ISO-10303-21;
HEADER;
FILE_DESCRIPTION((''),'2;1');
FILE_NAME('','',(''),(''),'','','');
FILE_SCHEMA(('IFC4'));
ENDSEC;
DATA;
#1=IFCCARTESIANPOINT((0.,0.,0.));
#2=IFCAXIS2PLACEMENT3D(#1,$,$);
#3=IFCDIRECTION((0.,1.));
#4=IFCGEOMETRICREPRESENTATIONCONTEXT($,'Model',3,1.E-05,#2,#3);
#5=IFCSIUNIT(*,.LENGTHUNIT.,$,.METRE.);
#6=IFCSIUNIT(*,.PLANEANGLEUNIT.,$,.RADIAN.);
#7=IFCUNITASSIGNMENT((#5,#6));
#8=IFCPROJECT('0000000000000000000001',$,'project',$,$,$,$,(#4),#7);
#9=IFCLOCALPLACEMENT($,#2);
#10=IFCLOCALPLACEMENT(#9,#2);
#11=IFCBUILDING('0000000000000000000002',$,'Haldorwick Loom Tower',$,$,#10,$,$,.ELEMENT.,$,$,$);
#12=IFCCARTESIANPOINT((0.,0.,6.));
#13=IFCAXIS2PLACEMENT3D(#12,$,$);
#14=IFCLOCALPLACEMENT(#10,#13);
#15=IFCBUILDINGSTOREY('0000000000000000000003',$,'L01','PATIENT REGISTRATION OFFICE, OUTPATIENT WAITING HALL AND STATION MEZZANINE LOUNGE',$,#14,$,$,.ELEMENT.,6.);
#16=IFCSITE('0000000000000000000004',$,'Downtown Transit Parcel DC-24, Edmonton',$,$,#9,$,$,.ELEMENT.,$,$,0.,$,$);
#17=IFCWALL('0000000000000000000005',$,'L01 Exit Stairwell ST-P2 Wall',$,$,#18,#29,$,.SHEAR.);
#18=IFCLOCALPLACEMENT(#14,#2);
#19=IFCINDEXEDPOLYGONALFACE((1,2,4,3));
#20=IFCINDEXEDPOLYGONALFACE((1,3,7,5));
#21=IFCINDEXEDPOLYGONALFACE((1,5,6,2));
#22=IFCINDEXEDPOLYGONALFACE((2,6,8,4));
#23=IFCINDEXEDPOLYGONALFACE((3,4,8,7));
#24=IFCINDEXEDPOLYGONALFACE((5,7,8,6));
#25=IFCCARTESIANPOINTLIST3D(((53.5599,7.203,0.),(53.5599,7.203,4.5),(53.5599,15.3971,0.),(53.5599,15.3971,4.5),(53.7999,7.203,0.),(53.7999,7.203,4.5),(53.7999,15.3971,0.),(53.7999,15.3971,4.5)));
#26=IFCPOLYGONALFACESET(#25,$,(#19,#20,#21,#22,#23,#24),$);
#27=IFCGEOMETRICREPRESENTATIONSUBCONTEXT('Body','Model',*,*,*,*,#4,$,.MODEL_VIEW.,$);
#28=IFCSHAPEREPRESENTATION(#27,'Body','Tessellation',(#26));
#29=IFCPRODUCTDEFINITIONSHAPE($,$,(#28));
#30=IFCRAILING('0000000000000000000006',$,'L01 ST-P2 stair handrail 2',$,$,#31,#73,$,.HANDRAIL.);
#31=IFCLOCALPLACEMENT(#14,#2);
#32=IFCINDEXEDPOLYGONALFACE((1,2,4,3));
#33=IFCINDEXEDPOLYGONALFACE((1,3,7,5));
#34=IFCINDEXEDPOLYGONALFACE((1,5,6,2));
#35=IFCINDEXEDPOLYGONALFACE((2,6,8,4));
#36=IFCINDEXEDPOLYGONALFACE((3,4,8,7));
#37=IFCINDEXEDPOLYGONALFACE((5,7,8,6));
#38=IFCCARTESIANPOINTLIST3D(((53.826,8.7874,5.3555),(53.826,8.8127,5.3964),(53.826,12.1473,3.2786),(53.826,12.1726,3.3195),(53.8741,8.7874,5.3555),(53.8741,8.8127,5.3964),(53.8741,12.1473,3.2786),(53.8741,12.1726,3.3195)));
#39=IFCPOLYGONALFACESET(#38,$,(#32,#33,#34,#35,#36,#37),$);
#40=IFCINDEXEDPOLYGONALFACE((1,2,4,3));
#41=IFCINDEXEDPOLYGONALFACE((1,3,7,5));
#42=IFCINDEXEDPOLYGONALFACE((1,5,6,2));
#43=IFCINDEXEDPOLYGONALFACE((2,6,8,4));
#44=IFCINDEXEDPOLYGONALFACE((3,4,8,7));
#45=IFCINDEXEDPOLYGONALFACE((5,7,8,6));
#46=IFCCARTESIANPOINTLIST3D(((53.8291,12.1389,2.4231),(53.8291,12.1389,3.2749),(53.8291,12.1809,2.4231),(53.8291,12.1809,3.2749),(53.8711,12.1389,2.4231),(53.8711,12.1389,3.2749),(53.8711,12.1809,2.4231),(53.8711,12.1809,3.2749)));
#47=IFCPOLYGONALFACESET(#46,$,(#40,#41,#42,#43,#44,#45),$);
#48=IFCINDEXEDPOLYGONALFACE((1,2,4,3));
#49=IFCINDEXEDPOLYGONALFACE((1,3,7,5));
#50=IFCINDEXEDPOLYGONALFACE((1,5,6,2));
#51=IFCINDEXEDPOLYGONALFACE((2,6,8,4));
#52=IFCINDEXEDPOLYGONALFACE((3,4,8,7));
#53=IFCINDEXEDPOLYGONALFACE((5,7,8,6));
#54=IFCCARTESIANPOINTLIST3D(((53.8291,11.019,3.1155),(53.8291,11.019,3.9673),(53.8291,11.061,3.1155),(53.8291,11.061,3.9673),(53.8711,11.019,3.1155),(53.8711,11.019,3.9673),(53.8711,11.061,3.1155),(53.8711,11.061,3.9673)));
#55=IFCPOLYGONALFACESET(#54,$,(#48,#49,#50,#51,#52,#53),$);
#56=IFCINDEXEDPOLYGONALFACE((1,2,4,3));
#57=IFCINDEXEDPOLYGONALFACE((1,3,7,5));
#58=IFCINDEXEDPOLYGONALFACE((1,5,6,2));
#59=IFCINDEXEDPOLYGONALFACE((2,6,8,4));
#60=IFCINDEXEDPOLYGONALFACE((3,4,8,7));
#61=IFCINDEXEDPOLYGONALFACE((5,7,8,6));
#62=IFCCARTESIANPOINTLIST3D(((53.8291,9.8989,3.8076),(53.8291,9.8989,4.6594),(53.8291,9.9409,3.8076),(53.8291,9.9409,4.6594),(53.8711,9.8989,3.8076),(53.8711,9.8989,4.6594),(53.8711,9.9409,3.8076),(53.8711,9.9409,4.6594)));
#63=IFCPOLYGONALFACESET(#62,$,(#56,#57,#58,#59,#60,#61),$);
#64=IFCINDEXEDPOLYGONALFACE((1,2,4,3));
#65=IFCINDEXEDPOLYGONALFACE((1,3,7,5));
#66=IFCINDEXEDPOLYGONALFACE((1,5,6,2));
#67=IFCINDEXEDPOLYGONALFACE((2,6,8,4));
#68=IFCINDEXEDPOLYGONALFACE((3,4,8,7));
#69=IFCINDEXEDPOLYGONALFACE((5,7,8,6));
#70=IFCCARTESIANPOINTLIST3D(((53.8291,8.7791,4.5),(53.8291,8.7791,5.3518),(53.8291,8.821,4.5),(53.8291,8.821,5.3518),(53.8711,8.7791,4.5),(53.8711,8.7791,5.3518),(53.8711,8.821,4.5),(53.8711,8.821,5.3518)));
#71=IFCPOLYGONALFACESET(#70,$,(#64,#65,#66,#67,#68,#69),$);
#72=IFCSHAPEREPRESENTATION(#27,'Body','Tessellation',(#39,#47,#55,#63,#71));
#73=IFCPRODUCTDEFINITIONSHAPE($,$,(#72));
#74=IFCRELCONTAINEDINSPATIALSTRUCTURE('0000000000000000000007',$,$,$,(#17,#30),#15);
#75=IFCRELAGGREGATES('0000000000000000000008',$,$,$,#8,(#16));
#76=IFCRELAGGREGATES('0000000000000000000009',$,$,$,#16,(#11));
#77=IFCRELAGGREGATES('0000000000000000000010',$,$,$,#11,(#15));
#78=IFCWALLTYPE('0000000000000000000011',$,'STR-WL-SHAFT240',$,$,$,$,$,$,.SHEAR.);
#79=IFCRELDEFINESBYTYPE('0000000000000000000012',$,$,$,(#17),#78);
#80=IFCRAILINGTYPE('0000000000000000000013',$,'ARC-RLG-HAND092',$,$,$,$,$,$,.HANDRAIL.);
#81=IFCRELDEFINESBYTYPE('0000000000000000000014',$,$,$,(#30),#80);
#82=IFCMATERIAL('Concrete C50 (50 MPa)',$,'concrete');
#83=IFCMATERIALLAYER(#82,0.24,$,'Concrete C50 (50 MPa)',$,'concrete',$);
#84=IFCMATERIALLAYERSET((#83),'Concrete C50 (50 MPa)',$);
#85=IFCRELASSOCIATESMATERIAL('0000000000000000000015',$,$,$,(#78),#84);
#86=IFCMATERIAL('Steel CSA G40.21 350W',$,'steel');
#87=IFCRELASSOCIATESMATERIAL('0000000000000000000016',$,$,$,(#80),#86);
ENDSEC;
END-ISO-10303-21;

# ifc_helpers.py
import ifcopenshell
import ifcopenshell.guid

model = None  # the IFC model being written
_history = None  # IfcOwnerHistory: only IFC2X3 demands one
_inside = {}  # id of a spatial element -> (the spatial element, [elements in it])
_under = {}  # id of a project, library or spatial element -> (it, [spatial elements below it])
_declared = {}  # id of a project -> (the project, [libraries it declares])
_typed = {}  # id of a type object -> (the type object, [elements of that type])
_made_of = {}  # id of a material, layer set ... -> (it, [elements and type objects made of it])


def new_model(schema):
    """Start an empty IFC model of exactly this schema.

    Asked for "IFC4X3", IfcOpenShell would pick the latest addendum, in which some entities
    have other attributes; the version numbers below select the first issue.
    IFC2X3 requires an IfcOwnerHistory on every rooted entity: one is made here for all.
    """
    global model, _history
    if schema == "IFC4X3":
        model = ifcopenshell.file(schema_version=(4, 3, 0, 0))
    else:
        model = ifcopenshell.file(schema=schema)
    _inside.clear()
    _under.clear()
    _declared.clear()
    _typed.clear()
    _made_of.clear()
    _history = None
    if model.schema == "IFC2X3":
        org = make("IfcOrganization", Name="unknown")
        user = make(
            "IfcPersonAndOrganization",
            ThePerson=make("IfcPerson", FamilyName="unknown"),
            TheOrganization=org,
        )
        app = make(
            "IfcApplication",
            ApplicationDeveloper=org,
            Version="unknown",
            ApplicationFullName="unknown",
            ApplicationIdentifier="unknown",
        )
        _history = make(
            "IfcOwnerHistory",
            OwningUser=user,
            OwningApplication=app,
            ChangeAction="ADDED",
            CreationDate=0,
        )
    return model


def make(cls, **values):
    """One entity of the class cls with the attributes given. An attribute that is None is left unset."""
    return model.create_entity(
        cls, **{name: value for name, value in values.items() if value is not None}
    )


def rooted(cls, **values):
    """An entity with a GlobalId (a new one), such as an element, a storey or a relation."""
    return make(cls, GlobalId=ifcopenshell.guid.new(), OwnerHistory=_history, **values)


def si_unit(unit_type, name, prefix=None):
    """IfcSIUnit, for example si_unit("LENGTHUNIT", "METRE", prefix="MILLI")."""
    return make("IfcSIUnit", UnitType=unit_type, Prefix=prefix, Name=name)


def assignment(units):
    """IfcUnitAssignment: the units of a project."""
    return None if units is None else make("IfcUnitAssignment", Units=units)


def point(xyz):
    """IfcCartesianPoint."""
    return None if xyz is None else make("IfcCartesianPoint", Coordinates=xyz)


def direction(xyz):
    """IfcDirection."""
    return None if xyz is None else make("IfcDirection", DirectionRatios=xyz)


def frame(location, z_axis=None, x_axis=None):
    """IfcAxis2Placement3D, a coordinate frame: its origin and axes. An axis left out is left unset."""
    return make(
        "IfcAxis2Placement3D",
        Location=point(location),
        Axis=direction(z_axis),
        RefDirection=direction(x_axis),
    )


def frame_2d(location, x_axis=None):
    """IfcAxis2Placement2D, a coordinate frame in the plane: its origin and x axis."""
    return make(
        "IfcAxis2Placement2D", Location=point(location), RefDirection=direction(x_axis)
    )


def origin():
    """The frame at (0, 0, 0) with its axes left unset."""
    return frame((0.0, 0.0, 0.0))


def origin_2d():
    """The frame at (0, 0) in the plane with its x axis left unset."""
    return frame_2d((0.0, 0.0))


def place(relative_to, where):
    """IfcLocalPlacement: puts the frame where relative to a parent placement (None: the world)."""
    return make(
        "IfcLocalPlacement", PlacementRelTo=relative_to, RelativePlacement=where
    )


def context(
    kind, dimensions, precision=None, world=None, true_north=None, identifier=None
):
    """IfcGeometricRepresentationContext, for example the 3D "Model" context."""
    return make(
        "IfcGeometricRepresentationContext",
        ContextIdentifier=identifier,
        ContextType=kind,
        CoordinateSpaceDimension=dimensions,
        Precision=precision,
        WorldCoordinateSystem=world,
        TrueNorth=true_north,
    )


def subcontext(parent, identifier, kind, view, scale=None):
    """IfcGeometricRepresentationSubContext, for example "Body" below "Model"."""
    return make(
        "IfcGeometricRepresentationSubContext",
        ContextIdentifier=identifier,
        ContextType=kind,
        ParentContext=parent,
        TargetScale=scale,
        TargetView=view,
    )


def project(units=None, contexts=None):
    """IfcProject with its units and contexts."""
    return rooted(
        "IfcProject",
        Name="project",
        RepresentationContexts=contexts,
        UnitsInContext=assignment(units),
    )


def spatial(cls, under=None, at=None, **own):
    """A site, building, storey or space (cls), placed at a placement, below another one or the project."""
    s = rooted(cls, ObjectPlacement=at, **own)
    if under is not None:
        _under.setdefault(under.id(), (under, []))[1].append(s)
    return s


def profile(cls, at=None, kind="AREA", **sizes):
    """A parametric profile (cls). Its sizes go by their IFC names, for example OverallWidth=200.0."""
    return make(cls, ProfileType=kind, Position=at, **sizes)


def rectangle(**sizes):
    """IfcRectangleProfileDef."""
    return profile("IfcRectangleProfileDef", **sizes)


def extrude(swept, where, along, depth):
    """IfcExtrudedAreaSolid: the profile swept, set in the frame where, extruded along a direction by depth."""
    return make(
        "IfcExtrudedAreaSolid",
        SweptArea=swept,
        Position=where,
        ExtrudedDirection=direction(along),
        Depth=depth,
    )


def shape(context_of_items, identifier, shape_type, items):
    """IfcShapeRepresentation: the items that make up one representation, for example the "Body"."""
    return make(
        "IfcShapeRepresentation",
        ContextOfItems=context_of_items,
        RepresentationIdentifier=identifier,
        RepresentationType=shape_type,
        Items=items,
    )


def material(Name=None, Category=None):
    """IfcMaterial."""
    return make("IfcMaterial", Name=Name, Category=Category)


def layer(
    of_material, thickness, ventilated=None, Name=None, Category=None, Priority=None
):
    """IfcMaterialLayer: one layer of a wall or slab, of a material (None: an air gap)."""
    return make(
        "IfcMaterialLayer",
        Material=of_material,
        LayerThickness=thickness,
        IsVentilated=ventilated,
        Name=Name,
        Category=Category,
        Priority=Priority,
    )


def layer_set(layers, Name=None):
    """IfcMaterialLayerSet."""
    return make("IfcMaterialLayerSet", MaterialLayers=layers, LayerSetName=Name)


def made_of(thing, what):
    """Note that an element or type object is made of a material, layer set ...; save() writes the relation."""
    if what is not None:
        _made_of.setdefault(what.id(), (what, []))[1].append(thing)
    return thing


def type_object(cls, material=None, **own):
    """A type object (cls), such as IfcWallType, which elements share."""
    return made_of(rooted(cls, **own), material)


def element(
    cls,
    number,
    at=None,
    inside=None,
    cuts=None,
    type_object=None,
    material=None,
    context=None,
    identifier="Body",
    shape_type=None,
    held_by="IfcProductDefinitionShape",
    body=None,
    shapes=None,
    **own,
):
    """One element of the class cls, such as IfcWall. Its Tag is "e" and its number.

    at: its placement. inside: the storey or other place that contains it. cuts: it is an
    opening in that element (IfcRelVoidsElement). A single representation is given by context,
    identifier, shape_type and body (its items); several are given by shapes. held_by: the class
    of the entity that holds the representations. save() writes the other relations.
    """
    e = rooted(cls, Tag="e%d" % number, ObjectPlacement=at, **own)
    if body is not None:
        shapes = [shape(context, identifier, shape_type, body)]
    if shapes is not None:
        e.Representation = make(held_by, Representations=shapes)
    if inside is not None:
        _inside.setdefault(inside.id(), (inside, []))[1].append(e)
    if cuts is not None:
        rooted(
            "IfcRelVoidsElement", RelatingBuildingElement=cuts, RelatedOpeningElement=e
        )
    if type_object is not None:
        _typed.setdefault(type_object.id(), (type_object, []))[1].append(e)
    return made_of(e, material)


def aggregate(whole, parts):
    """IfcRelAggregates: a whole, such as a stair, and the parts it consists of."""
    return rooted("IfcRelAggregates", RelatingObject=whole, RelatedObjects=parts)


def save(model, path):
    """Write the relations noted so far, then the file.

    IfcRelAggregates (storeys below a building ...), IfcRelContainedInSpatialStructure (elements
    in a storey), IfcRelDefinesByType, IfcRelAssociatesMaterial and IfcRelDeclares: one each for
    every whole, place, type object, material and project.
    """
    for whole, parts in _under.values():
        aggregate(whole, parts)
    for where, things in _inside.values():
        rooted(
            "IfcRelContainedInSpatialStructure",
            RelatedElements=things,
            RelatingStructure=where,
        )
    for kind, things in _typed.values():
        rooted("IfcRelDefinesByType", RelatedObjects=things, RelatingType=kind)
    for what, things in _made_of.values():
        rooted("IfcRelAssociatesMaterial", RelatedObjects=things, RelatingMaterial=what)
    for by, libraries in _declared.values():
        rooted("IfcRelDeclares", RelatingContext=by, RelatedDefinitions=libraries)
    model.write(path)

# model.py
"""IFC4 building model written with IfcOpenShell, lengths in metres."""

from ifc_helpers import new_model, si_unit, direction, frame, frame_2d, origin, origin_2d, place, context, subcontext, project, spatial, rectangle, extrude, material, layer, layer_set, type_object, element, save


model = new_model("IFC4")

# Units and contexts
model_context = context("Model", 3, precision=1e-05, world=origin(), true_north=direction((0.0, 1.0)))
body_context = subcontext(model_context, "Body", "Model", "MODEL_VIEW")
ifc_project = project(units=[si_unit("LENGTHUNIT", "METRE"), si_unit("PLANEANGLEUNIT", "RADIAN")], contexts=[model_context])

# Site, building, storey
site_placement = place(None, origin())
site = spatial("IfcSite", under=ifc_project, at=site_placement, Name="Downtown Transit Parcel DC-24, Edmonton", CompositionType="ELEMENT", RefElevation=0.0)
building_placement = place(site_placement, origin())
building = spatial("IfcBuilding", under=site, at=building_placement, Name="Haldorwick Loom Tower", CompositionType="ELEMENT")
storey_placement = place(building_placement, frame((0.0, 0.0, 6.0)))
storey = spatial("IfcBuildingStorey", under=building, at=storey_placement, Name="L01", Description="PATIENT REGISTRATION OFFICE, OUTPATIENT WAITING HALL AND STATION MEZZANINE LOUNGE", CompositionType="ELEMENT", Elevation=6.0)

# Shared definitions
ifc_material_1 = material(Name="Steel CSA G40.21 350W", Category="steel")

# Shared definitions
ifc_material_2 = material(Name="Concrete C50 (50 MPa)", Category="concrete")
ifc_layer_1 = layer(ifc_material_2, 0.24, Name="Concrete C50 (50 MPa)", Category="concrete")
ifc_layer_set_1 = layer_set([ifc_layer_1], Name="Concrete C50 (50 MPa)")
wall_type_1 = type_object("IfcWallType", Name="STR-WL-SHAFT240", PredefinedType="SHEAR", material=ifc_layer_set_1)

# Wall
wall_1_placement = place(storey_placement, frame((53.6799, 7.2029, 0.0), z_axis=(0.0, 0.0, 1.0), x_axis=(0.0, 1.0, 0.0)))
element("IfcWall", 1, at=wall_1_placement, inside=storey, type_object=wall_type_1, Name="L01 Exit Stairwell ST-P2 Wall", PredefinedType="SHEAR", context=body_context, shape_type="SweptSolid", body=[
    extrude(rectangle(XDim=8.1941, YDim=0.24, at=frame_2d((4.0972, 0.0))), origin(), (0.0, 0.0, 1.0), 4.5),
])

# Railing
railing_type = type_object("IfcRailingType", Name="ARC-RLG-HAND092", PredefinedType="HANDRAIL", material=ifc_material_1)
railing_placement = place(storey_placement, frame((53.8501, 12.1599, 2.4231)))
element("IfcRailing", 2, at=railing_placement, inside=storey, type_object=railing_type, Name="L01 ST-P2 stair handrail 2", PredefinedType="HANDRAIL", context=body_context, shape_type="SweptSolid", body=[
    extrude(rectangle(XDim=0.0481, YDim=0.0481, at=origin_2d()), frame((0.0, 0.0, 0.876), z_axis=(0.0, -0.850606, 0.525803), x_axis=(1.0, 0.0, 0.0)), (0.0, 0.0, 1.0), 3.95),
    extrude(rectangle(XDim=0.042, YDim=0.042, at=origin_2d()), origin(), (0.0, 0.0, 1.0), 0.8518),
    extrude(rectangle(XDim=0.042, YDim=0.042, at=origin_2d()), frame((0.0, -1.1199, 0.6924)), (0.0, 0.0, 1.0), 0.8518),
    extrude(rectangle(XDim=0.042, YDim=0.042, at=origin_2d()), frame((0.0, -2.24, 1.3845)), (0.0, 0.0, 1.0), 0.8518),
    extrude(rectangle(XDim=0.042, YDim=0.042, at=origin_2d()), frame((0.0, -3.3599, 2.0769)), (0.0, 0.0, 1.0), 0.8518),
])

save(model, "model.ifc")
